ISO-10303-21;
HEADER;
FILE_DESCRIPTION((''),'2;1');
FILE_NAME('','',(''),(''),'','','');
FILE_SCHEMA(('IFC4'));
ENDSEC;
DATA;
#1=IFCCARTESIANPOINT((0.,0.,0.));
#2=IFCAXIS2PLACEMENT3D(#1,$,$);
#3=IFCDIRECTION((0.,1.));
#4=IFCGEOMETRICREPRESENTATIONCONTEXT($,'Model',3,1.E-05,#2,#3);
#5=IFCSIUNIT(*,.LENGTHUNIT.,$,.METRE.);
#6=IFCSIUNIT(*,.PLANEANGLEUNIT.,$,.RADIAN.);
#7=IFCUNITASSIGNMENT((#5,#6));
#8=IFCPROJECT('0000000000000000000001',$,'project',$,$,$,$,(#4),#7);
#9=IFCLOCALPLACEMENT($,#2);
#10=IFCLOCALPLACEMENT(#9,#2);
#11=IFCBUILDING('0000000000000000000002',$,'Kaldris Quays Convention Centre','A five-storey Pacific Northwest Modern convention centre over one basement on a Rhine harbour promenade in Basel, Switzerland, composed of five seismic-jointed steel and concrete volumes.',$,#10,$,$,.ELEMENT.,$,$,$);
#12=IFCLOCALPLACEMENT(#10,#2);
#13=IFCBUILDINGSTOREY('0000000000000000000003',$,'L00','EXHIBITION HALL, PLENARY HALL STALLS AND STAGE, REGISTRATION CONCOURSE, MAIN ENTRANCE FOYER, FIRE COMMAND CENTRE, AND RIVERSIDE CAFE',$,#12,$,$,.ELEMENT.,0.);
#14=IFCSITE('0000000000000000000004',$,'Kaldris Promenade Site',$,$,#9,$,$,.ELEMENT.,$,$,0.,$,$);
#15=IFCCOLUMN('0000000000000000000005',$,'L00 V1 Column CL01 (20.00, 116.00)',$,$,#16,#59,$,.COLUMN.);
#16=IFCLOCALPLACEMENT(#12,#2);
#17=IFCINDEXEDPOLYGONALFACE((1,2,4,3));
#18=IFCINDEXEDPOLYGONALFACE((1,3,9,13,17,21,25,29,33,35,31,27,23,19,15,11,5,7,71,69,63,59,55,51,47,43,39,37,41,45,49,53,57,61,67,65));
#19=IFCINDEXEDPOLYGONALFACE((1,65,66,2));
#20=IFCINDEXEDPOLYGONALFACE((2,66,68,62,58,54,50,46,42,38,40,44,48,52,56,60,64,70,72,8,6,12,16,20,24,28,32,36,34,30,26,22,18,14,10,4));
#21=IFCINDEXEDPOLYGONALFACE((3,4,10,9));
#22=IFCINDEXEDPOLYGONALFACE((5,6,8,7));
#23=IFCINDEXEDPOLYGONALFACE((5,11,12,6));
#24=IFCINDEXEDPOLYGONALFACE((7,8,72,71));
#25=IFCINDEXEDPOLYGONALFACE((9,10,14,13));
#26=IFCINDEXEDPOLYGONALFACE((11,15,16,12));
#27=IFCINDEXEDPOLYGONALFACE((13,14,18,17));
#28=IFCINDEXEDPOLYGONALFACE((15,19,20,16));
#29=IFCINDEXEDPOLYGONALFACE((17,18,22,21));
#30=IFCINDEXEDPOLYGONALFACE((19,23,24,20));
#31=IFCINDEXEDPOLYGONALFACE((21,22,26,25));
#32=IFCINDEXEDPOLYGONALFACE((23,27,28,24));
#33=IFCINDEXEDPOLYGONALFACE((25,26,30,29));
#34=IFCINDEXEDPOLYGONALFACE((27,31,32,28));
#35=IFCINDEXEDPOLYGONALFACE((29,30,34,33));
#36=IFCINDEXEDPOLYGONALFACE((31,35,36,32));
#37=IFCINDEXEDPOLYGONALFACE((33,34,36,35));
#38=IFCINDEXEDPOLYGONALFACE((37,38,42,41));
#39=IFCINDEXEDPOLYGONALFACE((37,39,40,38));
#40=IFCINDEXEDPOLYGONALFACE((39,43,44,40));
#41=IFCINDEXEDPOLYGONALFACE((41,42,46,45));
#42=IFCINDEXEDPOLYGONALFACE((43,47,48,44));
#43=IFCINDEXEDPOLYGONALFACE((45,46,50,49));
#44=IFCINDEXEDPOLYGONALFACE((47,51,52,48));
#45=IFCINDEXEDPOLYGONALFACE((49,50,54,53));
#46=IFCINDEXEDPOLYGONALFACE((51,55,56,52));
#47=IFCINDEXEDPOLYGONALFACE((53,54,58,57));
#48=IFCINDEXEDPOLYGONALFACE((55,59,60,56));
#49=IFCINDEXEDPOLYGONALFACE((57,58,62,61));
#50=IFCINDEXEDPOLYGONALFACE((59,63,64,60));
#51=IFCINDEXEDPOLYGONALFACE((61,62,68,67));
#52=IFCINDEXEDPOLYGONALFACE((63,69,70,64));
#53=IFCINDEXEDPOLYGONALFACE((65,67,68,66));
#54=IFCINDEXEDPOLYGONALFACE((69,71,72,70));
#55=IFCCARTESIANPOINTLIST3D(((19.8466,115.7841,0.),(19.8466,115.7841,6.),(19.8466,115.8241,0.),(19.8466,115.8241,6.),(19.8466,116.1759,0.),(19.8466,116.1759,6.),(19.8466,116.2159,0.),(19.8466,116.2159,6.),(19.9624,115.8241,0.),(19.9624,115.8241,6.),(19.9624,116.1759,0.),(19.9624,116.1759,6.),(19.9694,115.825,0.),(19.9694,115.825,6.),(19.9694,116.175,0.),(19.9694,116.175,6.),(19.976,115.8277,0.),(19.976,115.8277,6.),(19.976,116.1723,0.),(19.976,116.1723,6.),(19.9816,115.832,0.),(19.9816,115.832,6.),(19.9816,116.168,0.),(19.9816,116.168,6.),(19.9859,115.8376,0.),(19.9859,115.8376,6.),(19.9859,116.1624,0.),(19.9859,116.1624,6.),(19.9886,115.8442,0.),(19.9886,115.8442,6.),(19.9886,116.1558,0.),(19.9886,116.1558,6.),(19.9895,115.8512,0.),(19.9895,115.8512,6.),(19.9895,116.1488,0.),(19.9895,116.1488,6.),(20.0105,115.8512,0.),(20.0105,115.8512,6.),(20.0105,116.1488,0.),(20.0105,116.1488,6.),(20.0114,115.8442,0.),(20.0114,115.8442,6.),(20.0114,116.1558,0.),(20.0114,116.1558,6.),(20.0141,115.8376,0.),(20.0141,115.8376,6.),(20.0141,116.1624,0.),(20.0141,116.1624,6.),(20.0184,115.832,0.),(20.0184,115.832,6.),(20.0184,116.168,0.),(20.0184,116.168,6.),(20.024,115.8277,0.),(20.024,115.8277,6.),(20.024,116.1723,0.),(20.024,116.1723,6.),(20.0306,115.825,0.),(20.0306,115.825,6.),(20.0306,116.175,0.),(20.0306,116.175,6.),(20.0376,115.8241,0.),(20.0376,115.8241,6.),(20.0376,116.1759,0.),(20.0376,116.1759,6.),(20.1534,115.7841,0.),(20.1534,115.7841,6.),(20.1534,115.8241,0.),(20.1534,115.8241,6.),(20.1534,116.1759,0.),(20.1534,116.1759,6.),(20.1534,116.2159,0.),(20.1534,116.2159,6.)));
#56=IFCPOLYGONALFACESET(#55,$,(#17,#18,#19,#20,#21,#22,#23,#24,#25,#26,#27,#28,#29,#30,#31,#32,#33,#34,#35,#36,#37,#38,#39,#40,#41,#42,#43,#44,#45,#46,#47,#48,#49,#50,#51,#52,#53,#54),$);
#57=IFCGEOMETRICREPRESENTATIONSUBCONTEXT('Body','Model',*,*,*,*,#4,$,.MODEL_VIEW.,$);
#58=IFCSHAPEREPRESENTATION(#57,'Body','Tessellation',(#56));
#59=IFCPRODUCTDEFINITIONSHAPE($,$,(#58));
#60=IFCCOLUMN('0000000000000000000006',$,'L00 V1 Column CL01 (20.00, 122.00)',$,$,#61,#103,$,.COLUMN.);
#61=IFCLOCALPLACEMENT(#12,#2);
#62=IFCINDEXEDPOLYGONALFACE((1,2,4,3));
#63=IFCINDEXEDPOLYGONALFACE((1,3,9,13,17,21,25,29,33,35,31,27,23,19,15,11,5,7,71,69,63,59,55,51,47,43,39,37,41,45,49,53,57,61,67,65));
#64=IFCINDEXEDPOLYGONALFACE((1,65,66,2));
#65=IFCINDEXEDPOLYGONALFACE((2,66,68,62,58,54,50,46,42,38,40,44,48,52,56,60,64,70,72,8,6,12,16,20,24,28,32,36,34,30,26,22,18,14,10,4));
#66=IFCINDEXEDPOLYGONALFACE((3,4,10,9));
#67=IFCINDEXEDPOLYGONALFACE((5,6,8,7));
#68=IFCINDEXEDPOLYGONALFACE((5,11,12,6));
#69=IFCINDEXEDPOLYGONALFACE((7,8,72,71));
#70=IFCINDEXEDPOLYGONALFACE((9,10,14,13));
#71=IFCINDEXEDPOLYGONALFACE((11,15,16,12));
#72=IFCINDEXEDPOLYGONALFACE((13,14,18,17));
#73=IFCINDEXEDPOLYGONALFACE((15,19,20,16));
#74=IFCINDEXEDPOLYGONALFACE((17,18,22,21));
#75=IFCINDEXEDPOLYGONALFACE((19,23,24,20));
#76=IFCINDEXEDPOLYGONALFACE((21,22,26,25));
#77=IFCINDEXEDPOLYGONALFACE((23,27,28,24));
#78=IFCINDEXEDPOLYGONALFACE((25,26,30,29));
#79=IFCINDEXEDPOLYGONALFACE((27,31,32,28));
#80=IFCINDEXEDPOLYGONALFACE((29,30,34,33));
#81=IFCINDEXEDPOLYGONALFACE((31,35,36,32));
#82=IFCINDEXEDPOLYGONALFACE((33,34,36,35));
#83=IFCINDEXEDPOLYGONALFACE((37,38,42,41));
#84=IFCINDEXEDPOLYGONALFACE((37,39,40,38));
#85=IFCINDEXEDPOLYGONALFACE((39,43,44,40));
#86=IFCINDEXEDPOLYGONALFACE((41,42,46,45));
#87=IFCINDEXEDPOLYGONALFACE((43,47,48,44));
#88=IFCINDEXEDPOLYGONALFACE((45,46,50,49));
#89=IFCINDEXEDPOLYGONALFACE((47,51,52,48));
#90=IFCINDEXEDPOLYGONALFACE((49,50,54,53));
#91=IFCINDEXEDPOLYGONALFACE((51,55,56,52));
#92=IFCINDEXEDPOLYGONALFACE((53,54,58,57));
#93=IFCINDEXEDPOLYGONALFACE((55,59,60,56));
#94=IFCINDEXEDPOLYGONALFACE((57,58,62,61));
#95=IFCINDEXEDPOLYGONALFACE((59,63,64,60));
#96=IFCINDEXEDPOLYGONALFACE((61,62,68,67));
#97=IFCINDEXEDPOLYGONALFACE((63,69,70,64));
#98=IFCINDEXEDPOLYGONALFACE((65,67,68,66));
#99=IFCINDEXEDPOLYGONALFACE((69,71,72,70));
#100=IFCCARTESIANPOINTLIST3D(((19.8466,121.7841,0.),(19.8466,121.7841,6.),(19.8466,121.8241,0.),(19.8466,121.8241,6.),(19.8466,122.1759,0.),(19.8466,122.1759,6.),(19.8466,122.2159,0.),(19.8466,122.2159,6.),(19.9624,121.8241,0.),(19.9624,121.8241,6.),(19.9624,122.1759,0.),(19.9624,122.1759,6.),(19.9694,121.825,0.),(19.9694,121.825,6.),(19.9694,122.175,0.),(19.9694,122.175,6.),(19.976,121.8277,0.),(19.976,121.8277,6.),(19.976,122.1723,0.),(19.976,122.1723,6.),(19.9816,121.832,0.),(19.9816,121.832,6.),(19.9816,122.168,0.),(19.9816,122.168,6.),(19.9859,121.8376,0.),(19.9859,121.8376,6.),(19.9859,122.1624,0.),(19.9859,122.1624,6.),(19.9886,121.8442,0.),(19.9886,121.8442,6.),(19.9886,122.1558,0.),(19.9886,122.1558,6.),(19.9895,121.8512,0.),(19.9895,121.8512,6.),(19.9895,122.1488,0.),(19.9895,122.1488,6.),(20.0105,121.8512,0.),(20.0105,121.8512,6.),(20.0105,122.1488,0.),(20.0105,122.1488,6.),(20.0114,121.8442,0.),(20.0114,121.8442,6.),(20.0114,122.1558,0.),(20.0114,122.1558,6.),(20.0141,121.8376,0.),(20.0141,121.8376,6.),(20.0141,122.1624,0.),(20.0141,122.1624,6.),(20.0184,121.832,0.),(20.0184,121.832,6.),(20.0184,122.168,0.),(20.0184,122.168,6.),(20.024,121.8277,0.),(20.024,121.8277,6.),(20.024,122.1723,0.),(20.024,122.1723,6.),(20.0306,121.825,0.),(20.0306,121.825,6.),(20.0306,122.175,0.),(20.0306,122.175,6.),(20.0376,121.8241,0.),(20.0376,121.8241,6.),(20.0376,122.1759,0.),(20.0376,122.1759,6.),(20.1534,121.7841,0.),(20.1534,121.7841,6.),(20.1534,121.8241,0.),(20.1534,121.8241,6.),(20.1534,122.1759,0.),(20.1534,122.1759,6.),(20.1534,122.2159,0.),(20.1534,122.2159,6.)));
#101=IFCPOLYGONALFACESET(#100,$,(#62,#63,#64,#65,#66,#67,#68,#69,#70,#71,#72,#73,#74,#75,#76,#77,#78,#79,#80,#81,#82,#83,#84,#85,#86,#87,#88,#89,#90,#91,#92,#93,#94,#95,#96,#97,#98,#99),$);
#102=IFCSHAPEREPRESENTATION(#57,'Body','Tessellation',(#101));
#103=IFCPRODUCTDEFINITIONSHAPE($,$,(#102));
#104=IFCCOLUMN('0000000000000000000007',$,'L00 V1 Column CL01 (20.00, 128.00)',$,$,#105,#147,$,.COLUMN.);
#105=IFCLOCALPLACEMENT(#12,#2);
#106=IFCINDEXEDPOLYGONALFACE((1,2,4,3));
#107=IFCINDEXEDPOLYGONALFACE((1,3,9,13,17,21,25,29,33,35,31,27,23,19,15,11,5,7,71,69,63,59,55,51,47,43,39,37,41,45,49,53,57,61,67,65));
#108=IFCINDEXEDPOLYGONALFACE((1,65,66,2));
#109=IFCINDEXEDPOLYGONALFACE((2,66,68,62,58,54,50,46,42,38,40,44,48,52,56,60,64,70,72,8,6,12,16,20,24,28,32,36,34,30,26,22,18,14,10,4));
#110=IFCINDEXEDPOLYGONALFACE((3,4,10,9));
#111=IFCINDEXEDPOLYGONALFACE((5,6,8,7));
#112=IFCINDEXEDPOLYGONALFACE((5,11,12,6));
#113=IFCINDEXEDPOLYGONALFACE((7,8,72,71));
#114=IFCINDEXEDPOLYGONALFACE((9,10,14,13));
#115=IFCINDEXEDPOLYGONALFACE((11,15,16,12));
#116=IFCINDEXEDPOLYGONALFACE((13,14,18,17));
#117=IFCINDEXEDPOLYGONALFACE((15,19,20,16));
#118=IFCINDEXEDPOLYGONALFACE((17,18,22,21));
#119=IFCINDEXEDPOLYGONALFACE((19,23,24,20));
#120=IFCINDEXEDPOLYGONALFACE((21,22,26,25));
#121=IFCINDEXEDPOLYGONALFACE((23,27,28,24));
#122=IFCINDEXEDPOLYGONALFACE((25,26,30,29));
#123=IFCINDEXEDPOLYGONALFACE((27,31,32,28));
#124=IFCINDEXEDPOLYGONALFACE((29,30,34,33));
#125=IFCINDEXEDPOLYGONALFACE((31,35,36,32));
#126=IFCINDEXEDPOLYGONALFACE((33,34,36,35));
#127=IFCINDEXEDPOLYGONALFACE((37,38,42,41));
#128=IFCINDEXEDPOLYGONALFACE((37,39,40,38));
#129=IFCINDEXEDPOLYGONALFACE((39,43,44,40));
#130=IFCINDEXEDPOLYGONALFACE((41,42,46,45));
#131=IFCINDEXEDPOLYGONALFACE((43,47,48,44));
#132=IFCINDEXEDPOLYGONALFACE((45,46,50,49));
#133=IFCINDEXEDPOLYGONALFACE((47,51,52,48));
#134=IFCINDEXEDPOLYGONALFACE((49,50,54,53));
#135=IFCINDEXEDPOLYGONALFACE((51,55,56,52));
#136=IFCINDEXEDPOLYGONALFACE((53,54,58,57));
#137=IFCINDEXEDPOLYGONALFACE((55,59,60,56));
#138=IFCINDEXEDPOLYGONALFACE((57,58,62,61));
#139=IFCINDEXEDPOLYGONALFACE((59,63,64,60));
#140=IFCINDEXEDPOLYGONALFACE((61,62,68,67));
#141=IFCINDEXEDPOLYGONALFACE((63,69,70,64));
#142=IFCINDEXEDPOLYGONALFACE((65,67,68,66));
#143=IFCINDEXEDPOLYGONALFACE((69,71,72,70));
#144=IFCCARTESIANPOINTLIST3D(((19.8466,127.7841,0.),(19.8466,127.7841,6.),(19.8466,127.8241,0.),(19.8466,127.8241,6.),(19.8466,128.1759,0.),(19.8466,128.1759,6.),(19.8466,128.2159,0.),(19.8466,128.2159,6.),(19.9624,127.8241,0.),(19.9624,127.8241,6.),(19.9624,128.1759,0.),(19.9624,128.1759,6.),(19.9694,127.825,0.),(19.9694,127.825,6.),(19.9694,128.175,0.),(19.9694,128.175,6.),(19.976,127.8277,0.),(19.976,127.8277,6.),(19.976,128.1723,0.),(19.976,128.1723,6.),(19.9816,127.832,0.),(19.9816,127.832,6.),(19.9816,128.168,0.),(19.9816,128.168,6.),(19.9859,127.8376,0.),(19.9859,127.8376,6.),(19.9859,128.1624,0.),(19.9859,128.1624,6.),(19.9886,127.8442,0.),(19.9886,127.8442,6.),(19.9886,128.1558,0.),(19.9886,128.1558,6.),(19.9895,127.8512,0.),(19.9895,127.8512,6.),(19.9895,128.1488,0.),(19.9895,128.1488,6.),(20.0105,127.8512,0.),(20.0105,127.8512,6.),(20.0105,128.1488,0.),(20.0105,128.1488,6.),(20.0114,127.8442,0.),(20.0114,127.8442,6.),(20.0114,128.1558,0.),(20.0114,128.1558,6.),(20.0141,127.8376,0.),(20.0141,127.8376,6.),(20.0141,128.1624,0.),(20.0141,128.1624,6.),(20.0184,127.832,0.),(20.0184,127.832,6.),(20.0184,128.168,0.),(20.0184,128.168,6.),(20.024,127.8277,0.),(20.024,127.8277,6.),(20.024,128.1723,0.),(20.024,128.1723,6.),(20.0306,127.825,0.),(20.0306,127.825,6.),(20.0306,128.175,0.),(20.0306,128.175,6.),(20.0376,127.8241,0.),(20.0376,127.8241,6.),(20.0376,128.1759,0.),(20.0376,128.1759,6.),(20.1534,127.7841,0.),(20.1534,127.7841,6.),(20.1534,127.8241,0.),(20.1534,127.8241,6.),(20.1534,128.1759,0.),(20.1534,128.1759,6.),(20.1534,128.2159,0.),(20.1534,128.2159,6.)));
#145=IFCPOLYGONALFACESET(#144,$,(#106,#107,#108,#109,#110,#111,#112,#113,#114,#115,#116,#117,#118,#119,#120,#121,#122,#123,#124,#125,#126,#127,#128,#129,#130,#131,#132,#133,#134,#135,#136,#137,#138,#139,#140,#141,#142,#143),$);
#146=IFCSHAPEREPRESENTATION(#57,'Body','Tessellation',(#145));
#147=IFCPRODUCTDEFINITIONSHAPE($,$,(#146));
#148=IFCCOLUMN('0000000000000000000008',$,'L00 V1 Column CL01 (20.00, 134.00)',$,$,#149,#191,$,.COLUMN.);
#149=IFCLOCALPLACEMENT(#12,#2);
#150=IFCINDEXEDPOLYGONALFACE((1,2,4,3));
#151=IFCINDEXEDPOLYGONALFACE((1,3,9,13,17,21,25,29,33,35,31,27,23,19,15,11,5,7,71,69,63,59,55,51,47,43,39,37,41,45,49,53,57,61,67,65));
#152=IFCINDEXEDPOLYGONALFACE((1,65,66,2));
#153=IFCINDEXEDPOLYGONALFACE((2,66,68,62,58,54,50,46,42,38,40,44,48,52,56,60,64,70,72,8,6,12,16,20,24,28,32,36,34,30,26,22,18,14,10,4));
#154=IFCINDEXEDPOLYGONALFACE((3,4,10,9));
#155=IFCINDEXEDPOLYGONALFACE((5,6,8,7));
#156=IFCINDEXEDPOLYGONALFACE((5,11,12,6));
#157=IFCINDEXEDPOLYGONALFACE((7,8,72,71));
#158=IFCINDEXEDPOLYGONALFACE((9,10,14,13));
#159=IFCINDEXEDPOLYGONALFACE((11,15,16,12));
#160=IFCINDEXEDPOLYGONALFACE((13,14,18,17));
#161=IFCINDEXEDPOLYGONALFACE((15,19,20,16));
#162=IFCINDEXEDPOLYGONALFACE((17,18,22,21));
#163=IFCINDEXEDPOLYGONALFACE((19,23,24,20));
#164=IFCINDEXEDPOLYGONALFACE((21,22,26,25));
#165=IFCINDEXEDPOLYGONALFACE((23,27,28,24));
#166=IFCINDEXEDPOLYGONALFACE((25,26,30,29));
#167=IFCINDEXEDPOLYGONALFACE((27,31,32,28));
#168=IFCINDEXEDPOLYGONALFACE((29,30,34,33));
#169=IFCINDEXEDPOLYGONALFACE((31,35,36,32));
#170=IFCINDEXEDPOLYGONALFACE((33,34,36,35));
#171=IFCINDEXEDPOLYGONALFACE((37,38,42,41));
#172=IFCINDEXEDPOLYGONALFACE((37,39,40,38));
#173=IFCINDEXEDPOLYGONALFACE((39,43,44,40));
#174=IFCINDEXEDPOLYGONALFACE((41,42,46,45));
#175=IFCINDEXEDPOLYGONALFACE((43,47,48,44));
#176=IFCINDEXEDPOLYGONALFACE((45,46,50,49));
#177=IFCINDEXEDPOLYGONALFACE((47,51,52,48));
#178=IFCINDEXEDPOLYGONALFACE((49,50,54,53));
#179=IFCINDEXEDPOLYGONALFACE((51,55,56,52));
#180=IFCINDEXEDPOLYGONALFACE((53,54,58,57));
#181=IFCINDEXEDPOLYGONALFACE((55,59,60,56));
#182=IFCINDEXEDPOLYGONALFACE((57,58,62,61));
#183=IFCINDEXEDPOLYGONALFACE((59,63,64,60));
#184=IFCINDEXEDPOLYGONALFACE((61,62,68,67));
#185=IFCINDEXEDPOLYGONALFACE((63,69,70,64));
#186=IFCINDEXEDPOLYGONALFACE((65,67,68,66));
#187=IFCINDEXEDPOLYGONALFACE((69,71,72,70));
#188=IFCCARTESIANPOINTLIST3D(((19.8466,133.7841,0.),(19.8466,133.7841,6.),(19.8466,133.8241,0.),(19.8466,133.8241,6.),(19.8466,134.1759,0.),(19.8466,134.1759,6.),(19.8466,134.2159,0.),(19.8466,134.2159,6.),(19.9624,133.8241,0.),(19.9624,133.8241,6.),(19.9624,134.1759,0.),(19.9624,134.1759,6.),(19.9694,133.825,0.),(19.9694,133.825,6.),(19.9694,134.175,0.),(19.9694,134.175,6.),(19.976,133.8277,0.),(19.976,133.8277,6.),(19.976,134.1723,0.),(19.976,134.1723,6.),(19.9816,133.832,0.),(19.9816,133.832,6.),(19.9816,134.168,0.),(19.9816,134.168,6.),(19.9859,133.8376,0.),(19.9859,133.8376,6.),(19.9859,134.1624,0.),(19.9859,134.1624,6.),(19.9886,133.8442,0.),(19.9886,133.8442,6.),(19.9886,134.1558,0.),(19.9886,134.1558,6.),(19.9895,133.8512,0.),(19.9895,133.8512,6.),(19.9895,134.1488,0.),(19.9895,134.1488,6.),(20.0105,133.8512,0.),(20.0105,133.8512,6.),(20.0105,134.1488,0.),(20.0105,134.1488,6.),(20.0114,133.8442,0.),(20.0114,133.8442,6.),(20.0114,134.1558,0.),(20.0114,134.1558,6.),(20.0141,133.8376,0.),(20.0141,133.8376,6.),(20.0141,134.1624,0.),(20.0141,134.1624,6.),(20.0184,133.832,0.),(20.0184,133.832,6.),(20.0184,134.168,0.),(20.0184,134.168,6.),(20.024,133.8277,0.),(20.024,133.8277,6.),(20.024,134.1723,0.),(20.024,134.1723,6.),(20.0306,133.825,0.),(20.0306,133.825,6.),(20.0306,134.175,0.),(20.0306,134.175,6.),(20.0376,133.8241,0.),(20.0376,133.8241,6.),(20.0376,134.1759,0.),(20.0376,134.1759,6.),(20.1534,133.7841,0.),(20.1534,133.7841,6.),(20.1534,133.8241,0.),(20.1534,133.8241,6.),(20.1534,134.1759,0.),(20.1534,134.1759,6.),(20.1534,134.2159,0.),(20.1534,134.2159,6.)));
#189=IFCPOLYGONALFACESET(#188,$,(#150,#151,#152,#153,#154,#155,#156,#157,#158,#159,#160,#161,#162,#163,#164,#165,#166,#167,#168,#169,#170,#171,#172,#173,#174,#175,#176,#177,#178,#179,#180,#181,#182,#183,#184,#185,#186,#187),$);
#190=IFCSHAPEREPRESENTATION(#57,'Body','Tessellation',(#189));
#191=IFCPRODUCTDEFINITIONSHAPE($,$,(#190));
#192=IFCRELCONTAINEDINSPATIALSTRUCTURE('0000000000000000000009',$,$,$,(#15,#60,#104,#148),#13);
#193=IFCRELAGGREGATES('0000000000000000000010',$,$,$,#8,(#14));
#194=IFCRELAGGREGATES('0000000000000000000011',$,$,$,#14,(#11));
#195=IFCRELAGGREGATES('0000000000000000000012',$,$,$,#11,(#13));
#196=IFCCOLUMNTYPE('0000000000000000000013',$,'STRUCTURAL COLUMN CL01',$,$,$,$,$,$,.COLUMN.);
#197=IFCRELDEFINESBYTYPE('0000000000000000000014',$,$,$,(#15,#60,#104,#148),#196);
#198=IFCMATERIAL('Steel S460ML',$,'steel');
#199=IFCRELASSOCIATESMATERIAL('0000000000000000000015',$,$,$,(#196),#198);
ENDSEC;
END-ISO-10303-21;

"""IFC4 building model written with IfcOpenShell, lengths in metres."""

from ifc_helpers import new_model, si_unit, direction, frame, origin, origin_2d, place, context, subcontext, project, spatial, i_section, extrude, material, material_profile, profile_set, type_object, element, save


model = new_model("IFC4")

# Units and contexts
model_context = context("Model", 3, precision=1e-05, world=origin(), true_north=direction((0.0, 1.0)))
body_context = subcontext(model_context, "Body", "Model", "MODEL_VIEW")
ifc_project = project(units=[si_unit("LENGTHUNIT", "METRE"), si_unit("PLANEANGLEUNIT", "RADIAN")], contexts=[model_context])

# Site, building, storey
site_placement = place(None, origin())
site = spatial("IfcSite", under=ifc_project, at=site_placement, Name="Kaldris Promenade Site", CompositionType="ELEMENT", RefElevation=0.0)
building_placement = place(site_placement, origin())
building = spatial("IfcBuilding", under=site, at=building_placement, Name="Kaldris Quays Convention Centre", Description="A five-storey Pacific Northwest Modern convention centre over one basement on a Rhine harbour promenade in Basel, Switzerland, composed of five seismic-jointed steel and concrete volumes.", CompositionType="ELEMENT")
storey_placement = place(building_placement, origin())
storey = spatial("IfcBuildingStorey", under=building, at=storey_placement, Name="L00", Description="EXHIBITION HALL, PLENARY HALL STALLS AND STAGE, REGISTRATION CONCOURSE, MAIN ENTRANCE FOYER, FIRE COMMAND CENTRE, AND RIVERSIDE CAFE", CompositionType="ELEMENT", Elevation=0.0)

# Columns
ifc_material_1 = material(Name="Steel S460ML", Category="steel")
ifc_material_profile_1 = material_profile(ifc_material_1, i_section(OverallWidth=0.3069, OverallDepth=0.4319, WebThickness=0.021, FlangeThickness=0.04, FilletRadius=0.0271, at=origin_2d()), Name="HEM 400")
ifc_profile_set_1 = profile_set([ifc_material_profile_1], Name="Steel S460ML")
column_type_1 = type_object("IfcColumnType", Name="STRUCTURAL COLUMN CL01", PredefinedType="COLUMN", material=ifc_profile_set_1)
for number, where, z_axis, x_axis, name in (
    (1, (20.0, 116.0, 0.0), (0.0, 0.0, 1.0), (1.0, 0.0, 0.0), "L00 V1 Column CL01 (20.00, 116.00)"),
    (2, (20.0, 122.0, 0.0), (0.0, 0.0, 1.0), (1.0, 0.0, 0.0), "L00 V1 Column CL01 (20.00, 122.00)"),
    (3, (20.0, 128.0, 0.0), (0.0, 0.0, 1.0), (1.0, 0.0, 0.0), "L00 V1 Column CL01 (20.00, 128.00)"),
    (4, (20.0, 134.0, 0.0), (0.0, 0.0, 1.0), (1.0, 0.0, 0.0), "L00 V1 Column CL01 (20.00, 134.00)"),
):
    element("IfcColumn", number, at=place(storey_placement, frame(where, z_axis=z_axis, x_axis=x_axis)), inside=storey, type_object=column_type_1, Name=name, PredefinedType="COLUMN", context=body_context, shape_type="SweptSolid", body=[
        extrude(i_section(OverallWidth=0.3069, OverallDepth=0.4319, WebThickness=0.021, FlangeThickness=0.04, FilletRadius=0.0271, at=origin_2d()), origin(), (0.0, 0.0, 1.0), 6.0),
    ])

save(model, "model.ifc")
